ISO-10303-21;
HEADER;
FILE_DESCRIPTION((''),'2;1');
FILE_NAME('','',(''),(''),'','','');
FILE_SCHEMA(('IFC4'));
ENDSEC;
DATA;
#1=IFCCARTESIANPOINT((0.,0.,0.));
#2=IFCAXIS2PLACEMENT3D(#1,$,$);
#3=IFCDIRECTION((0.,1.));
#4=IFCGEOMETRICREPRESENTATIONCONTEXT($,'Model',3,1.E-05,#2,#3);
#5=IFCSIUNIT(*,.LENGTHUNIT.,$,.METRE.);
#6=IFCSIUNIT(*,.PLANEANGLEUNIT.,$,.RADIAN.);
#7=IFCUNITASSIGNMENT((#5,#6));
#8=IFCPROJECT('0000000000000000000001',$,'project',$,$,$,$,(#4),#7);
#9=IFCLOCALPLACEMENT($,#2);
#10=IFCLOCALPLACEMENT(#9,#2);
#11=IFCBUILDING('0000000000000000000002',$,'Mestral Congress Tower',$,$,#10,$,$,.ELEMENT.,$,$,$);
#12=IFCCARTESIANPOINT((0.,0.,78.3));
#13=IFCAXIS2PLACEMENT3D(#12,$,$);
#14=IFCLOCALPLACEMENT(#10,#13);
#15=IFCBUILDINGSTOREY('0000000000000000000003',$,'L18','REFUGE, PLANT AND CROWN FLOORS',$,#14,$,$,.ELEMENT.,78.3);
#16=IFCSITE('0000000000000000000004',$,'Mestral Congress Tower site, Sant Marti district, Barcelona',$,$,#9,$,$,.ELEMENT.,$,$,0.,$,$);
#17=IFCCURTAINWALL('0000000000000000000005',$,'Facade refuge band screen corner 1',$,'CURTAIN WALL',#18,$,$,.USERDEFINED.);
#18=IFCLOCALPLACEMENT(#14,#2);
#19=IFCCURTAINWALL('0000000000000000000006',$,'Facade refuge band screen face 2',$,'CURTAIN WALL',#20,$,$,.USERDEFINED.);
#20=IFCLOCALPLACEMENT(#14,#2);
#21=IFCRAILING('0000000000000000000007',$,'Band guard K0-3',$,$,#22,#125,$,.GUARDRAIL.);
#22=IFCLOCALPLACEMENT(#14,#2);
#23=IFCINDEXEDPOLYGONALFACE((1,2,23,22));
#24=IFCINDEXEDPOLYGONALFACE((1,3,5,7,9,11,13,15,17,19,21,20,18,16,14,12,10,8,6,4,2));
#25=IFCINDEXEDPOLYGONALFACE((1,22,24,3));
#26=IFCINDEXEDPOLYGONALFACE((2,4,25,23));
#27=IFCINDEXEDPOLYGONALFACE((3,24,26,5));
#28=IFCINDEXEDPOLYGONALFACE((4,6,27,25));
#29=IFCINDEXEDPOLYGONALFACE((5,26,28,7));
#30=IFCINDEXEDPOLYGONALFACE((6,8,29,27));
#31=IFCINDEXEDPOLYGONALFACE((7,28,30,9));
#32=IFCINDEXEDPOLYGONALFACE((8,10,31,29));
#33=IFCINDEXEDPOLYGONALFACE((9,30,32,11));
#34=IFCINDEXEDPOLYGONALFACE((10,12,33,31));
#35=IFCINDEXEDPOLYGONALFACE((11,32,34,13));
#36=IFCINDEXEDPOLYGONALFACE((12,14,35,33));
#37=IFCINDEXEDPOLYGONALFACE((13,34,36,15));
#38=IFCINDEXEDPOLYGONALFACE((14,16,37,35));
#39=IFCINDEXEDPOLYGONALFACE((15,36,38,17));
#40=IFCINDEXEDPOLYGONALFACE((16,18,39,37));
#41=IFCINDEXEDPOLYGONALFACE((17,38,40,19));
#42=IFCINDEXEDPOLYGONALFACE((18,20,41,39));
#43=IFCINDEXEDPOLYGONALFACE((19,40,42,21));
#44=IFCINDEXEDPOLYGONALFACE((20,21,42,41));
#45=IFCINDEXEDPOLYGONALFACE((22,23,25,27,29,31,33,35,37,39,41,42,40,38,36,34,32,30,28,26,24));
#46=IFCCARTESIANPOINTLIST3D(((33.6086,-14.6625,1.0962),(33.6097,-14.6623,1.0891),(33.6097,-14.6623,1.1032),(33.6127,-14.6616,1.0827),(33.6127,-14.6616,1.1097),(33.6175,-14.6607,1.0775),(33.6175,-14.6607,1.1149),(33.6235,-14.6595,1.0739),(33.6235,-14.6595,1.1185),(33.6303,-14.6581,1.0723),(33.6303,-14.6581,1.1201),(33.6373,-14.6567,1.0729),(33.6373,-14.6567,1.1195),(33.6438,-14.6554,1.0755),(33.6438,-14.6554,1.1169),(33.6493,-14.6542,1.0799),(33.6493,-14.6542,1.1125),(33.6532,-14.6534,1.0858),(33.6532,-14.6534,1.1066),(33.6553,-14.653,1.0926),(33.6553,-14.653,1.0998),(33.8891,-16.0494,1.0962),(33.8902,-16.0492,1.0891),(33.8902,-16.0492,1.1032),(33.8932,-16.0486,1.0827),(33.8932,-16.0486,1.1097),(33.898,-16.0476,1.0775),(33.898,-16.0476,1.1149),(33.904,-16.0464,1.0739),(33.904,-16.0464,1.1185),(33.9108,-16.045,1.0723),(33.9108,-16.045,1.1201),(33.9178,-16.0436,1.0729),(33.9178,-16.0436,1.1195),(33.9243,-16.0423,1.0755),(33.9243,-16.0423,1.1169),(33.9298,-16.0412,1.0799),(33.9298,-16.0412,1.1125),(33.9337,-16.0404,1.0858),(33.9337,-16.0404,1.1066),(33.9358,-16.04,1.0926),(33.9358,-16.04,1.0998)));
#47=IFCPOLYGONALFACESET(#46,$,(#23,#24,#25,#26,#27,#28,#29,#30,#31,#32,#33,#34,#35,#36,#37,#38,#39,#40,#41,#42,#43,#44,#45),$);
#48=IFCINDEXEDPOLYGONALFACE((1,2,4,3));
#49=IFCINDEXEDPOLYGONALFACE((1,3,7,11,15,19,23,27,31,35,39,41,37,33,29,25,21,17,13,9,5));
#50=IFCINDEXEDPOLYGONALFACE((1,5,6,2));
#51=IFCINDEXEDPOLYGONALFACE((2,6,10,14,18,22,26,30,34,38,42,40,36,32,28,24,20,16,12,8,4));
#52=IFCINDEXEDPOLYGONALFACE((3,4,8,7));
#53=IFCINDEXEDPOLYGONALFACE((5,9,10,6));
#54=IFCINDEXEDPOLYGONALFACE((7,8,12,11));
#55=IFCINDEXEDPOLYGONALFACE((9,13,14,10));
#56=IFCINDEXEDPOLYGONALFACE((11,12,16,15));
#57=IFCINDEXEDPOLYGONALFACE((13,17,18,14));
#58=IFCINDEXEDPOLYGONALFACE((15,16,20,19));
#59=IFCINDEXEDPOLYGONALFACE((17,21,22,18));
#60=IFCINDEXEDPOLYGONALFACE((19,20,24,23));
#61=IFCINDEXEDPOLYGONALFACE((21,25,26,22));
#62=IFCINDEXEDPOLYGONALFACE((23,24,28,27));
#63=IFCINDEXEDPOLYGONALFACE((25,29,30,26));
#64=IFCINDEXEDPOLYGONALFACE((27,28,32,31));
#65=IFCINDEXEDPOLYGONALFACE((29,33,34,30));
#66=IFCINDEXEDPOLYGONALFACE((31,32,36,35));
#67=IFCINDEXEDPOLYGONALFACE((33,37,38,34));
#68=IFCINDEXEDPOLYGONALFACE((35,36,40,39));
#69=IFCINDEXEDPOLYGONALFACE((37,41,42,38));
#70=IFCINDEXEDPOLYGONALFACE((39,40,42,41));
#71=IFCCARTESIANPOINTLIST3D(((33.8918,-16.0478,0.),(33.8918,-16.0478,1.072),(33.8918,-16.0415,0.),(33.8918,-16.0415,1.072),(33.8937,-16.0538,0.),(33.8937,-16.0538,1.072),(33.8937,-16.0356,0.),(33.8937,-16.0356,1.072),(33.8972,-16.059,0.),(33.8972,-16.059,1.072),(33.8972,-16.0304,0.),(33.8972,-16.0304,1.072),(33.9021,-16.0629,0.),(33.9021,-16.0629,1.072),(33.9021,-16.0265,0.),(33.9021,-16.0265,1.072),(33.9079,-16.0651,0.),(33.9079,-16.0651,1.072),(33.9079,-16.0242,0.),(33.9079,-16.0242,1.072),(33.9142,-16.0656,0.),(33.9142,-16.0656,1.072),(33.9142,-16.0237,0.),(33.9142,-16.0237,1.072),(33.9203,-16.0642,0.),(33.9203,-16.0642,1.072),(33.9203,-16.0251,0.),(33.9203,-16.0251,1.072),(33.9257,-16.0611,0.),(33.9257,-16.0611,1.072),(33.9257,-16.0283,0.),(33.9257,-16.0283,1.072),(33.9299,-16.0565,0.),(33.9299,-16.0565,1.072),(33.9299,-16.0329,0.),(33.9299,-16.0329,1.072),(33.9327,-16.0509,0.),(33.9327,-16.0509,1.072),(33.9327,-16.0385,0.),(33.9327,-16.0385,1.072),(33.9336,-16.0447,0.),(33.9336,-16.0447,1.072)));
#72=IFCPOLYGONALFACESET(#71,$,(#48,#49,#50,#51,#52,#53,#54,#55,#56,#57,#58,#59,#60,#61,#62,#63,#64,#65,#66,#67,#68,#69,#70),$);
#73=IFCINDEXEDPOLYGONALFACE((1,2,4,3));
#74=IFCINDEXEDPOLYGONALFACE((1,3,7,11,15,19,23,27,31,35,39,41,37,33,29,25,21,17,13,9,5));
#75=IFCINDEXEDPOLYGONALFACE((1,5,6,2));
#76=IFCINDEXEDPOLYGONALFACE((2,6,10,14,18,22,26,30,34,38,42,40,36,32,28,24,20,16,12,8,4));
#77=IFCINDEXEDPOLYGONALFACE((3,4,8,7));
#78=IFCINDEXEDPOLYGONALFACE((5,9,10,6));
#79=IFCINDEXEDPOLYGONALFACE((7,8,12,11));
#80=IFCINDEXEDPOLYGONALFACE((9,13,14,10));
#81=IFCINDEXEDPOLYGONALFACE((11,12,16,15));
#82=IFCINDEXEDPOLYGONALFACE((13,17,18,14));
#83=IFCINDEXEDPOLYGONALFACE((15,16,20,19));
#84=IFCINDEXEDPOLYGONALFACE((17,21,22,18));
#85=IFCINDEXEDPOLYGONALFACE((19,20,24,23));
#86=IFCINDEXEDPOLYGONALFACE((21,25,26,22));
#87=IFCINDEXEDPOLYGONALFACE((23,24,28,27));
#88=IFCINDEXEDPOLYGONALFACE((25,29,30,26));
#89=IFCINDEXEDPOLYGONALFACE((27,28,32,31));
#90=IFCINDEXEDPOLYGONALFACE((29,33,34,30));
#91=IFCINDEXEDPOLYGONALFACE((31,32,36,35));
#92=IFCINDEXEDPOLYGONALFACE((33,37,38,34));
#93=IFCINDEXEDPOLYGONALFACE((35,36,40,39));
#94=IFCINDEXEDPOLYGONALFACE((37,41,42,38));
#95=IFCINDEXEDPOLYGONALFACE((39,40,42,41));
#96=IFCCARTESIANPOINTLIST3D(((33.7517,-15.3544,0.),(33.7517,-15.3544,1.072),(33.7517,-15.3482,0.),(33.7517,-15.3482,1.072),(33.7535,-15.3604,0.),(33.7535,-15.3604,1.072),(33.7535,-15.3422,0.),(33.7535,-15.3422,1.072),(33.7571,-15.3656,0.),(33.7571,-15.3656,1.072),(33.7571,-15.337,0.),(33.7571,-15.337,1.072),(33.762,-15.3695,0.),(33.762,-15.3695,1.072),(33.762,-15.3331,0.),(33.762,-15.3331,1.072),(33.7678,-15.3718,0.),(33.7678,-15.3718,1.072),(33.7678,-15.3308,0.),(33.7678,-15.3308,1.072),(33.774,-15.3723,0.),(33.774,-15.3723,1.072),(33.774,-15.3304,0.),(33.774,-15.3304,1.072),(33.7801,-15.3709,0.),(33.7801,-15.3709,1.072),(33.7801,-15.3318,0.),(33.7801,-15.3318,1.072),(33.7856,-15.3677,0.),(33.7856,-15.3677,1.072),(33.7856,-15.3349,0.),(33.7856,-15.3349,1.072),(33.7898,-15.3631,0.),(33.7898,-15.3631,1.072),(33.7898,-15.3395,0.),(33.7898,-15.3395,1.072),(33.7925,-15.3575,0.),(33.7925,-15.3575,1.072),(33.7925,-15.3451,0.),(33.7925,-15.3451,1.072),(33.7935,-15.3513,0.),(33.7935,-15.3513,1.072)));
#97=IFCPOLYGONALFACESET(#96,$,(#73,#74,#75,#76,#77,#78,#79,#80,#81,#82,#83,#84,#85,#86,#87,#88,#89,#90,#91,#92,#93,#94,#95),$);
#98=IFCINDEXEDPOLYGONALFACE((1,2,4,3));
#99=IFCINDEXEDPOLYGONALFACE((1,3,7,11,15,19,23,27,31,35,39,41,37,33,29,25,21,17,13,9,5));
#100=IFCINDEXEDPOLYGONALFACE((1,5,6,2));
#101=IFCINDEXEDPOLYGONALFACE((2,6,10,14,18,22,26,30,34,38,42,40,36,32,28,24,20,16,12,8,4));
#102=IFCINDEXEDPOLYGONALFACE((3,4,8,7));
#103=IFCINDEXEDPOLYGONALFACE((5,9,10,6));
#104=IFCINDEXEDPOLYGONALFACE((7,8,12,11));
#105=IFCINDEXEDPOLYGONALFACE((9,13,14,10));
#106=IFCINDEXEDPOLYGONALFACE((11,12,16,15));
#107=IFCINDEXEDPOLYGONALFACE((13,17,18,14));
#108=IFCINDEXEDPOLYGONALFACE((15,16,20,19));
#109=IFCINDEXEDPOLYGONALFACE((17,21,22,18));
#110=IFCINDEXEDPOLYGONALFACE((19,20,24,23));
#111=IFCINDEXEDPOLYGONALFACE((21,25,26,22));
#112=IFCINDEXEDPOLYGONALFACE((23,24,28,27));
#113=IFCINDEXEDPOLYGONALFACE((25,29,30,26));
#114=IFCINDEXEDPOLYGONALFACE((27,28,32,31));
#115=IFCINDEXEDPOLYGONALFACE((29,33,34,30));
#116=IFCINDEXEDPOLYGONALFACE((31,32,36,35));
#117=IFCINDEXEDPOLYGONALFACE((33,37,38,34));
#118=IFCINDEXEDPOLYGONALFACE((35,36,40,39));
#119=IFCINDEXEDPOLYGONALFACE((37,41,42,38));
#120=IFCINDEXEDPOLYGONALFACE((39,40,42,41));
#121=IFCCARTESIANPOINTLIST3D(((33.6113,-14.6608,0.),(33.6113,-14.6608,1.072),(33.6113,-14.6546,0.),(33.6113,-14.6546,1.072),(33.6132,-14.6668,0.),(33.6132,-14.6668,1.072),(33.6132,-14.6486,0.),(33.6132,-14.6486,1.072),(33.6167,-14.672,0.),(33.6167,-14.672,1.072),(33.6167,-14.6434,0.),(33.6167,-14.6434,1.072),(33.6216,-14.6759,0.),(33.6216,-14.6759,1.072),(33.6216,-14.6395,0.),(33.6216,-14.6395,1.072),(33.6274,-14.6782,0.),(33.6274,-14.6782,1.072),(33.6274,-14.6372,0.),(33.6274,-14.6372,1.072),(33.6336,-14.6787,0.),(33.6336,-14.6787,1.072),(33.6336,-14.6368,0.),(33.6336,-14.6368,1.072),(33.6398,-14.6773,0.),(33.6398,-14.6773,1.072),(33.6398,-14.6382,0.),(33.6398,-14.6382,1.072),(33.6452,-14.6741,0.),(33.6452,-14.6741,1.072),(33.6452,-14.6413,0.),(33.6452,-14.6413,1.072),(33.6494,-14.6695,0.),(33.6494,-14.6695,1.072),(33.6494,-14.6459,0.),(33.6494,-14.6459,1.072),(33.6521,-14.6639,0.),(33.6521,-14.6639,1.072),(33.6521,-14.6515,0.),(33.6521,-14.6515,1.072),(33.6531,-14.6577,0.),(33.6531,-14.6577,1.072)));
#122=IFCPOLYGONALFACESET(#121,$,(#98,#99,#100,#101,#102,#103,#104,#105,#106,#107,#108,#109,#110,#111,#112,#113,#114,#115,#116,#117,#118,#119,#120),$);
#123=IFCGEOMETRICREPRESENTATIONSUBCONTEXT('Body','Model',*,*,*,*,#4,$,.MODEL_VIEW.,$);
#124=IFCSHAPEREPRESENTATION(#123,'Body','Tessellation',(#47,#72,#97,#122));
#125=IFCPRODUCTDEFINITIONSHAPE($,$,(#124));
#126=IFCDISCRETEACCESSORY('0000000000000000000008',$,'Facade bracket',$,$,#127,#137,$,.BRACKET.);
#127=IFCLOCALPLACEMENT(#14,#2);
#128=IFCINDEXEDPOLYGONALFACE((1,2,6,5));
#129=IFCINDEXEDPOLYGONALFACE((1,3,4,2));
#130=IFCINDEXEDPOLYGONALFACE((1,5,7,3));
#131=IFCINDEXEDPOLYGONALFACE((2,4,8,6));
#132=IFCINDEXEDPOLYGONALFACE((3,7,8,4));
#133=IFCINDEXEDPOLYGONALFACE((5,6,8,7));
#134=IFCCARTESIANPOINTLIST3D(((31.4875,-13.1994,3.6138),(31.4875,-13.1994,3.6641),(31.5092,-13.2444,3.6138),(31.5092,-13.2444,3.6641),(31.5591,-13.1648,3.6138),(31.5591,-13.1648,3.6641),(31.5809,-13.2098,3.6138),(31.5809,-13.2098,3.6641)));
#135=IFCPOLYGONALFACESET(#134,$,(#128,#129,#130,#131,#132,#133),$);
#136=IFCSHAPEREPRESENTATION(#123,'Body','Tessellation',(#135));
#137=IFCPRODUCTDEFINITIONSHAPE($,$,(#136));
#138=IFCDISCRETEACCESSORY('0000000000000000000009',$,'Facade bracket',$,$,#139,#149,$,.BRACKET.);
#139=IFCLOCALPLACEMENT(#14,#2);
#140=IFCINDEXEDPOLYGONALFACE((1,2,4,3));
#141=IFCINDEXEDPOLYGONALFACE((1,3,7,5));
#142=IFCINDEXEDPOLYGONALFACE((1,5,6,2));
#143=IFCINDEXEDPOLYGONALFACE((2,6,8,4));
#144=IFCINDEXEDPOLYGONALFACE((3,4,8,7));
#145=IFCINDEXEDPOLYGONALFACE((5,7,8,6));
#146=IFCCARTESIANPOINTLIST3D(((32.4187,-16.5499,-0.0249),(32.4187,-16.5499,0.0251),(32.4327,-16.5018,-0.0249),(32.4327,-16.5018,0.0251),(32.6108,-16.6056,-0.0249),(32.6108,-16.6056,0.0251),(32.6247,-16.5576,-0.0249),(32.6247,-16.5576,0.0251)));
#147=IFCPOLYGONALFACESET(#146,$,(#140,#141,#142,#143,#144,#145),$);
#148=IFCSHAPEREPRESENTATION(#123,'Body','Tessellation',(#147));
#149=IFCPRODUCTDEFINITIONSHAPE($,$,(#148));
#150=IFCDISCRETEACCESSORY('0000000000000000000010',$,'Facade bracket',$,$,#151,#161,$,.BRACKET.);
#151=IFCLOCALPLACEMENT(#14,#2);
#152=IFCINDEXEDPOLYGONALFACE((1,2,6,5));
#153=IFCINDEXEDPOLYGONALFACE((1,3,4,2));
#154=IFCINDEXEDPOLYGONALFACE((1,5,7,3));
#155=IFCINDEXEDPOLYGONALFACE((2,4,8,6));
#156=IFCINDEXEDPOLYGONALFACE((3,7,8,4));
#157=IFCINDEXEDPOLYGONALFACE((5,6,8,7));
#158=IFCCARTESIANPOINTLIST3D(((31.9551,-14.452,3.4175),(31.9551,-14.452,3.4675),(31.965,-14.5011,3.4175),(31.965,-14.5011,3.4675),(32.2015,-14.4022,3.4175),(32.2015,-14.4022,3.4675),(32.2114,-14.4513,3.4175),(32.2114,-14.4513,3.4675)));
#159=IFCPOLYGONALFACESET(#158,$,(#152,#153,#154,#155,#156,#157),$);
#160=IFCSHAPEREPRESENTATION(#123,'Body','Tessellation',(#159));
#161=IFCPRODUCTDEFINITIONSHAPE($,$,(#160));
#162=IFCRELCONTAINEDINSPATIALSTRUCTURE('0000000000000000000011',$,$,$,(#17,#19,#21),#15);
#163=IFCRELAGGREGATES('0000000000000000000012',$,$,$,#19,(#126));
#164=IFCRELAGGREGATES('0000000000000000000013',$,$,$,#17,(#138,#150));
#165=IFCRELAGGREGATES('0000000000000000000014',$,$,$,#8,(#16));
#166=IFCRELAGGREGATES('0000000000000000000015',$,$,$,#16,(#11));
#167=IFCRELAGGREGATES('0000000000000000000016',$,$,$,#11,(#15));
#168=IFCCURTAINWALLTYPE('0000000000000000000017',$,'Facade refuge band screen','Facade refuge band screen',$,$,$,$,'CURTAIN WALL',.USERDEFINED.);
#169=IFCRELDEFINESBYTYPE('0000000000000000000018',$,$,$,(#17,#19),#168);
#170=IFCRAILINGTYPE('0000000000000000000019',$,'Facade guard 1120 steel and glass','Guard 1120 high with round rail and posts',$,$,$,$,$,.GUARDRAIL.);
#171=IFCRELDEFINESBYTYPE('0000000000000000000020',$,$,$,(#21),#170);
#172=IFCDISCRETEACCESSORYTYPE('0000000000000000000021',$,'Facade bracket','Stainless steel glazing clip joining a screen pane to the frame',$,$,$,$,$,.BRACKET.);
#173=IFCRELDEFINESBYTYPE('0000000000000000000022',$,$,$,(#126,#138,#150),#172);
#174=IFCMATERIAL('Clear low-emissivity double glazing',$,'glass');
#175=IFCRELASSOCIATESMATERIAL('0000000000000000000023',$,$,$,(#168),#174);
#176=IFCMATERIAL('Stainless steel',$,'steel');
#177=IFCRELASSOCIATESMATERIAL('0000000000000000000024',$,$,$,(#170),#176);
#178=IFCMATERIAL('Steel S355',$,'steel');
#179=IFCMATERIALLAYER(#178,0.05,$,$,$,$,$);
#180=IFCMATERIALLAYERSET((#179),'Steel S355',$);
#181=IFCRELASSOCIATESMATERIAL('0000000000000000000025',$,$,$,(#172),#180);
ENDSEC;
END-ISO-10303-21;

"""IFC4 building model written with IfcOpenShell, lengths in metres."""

from ifc_helpers import new_model, si_unit, direction, frame, origin, origin_2d, place, context, subcontext, project, spatial, rectangle, circle, extrude, material, layer, layer_set, type_object, element, aggregate, save


model = new_model("IFC4")

# Units and contexts
model_context = context("Model", 3, precision=1e-05, world=origin(), true_north=direction((0.0, 1.0)))
body_context = subcontext(model_context, "Body", "Model", "MODEL_VIEW")
ifc_project = project(units=[si_unit("LENGTHUNIT", "METRE"), si_unit("PLANEANGLEUNIT", "RADIAN")], contexts=[model_context])

# Site, building, storey
site_placement = place(None, origin())
site = spatial("IfcSite", under=ifc_project, at=site_placement, Name="Mestral Congress Tower site, Sant Marti district, Barcelona", CompositionType="ELEMENT", RefElevation=0.0)
building_placement = place(site_placement, origin())
building = spatial("IfcBuilding", under=site, at=building_placement, Name="Mestral Congress Tower", CompositionType="ELEMENT")
storey_placement = place(building_placement, frame((0.0, 0.0, 78.3)))
storey = spatial("IfcBuildingStorey", under=building, at=storey_placement, Name="L18", Description="REFUGE, PLANT AND CROWN FLOORS", CompositionType="ELEMENT", Elevation=78.3)

# Shared definitions
ifc_material_1 = material(Name="Steel S355", Category="steel")

# Curtain walls
ifc_material_2 = material(Name="Clear low-emissivity double glazing", Category="glass")
curtain_wall_type = type_object("IfcCurtainWallType", Name="Facade refuge band screen", Description="Facade refuge band screen", ElementType="CURTAIN WALL", PredefinedType="USERDEFINED", material=ifc_material_2)
placement = place(storey_placement, origin())
curtain_wall_1 = element("IfcCurtainWall", 1, at=placement, inside=storey, type_object=curtain_wall_type, Name="Facade refuge band screen corner 1", ObjectType="CURTAIN WALL", PredefinedType="USERDEFINED")
curtain_wall_2 = element("IfcCurtainWall", 2, at=placement, inside=storey, type_object=curtain_wall_type, Name="Facade refuge band screen face 2", ObjectType="CURTAIN WALL", PredefinedType="USERDEFINED")

# Railing
ifc_material_3 = material(Name="Stainless steel", Category="steel")
railing_type = type_object("IfcRailingType", Name="Facade guard 1120 steel and glass", Description="Guard 1120 high with round rail and posts", PredefinedType="GUARDRAIL", material=ifc_material_3)
railing_1_placement = place(storey_placement, frame((33.9126, -16.0447, 0.0)))
element("IfcRailing", 3, at=railing_1_placement, inside=storey, type_object=railing_type, Name="Band guard K0-3", PredefinedType="GUARDRAIL", context=body_context, shape_type="SweptSolid", body=[
    extrude(circle(Radius=0.0239, at=origin_2d()), frame((0.0, 0.0, 1.0962), z_axis=(-0.198239, 0.980154, 0.0), x_axis=(-0.980154, -0.198239, 0.0)), (0.0, 0.0, 1.0), 1.415),
    extrude(circle(Radius=0.021, at=origin_2d()), origin(), (0.0, 0.0, 1.0), 1.072),
    extrude(circle(Radius=0.021, at=origin_2d()), frame((-0.1401, 0.6934, 0.0)), (0.0, 0.0, 1.0), 1.072),
    extrude(circle(Radius=0.021, at=origin_2d()), frame((-0.2805, 1.387, 0.0)), (0.0, 0.0, 1.0), 1.072),
])

# Discrete accessories
ifc_layer_1 = layer(ifc_material_1, 0.05)
ifc_layer_set_1 = layer_set([ifc_layer_1], Name="Steel S355")
discrete_accessory_type = type_object("IfcDiscreteAccessoryType", Name="Facade bracket", Description="Stainless steel glazing clip joining a screen pane to the frame", PredefinedType="BRACKET", material=ifc_layer_set_1)
discrete_accessory_1_placement = place(storey_placement, frame((31.5342, -13.2046, 3.6138), z_axis=(0.0, 0.0, 1.0), x_axis=(-0.434664, 0.900593, 0.0)))
discrete_accessory_1 = element("IfcDiscreteAccessory", 4, at=discrete_accessory_1_placement, type_object=discrete_accessory_type, Name="Facade bracket", PredefinedType="BRACKET", context=body_context, shape_type="SweptSolid", body=[
    extrude(rectangle(XDim=0.05, YDim=0.0796, at=origin_2d()), origin(), (0.0, 0.0, 1.0), 0.0503),
])
aggregate(curtain_wall_2, [discrete_accessory_1])
discrete_accessory_2_placement = place(storey_placement, frame((32.5217, -16.5537, -0.0249), z_axis=(0.0, 0.0, 1.0), x_axis=(0.278859, 0.960332, 0.0)))
discrete_accessory_2 = element("IfcDiscreteAccessory", 5, at=discrete_accessory_2_placement, type_object=discrete_accessory_type, Name="Facade bracket", PredefinedType="BRACKET", context=body_context, shape_type="SweptSolid", body=[
    extrude(rectangle(XDim=0.05, YDim=0.2, at=origin_2d()), origin(), (0.0, 0.0, 1.0), 0.05),
])
discrete_accessory_3_placement = place(storey_placement, frame((32.0833, -14.4517, 3.4175), z_axis=(0.0, 0.0, 1.0), x_axis=(-0.197998, 0.980202, 0.0)))
discrete_accessory_3 = element("IfcDiscreteAccessory", 6, at=discrete_accessory_3_placement, type_object=discrete_accessory_type, Name="Facade bracket", PredefinedType="BRACKET", context=body_context, shape_type="SweptSolid", body=[
    extrude(rectangle(XDim=0.05, YDim=0.2515, at=origin_2d()), origin(), (0.0, 0.0, 1.0), 0.05),
])
aggregate(curtain_wall_1, [discrete_accessory_2, discrete_accessory_3])

save(model, "model.ifc")
